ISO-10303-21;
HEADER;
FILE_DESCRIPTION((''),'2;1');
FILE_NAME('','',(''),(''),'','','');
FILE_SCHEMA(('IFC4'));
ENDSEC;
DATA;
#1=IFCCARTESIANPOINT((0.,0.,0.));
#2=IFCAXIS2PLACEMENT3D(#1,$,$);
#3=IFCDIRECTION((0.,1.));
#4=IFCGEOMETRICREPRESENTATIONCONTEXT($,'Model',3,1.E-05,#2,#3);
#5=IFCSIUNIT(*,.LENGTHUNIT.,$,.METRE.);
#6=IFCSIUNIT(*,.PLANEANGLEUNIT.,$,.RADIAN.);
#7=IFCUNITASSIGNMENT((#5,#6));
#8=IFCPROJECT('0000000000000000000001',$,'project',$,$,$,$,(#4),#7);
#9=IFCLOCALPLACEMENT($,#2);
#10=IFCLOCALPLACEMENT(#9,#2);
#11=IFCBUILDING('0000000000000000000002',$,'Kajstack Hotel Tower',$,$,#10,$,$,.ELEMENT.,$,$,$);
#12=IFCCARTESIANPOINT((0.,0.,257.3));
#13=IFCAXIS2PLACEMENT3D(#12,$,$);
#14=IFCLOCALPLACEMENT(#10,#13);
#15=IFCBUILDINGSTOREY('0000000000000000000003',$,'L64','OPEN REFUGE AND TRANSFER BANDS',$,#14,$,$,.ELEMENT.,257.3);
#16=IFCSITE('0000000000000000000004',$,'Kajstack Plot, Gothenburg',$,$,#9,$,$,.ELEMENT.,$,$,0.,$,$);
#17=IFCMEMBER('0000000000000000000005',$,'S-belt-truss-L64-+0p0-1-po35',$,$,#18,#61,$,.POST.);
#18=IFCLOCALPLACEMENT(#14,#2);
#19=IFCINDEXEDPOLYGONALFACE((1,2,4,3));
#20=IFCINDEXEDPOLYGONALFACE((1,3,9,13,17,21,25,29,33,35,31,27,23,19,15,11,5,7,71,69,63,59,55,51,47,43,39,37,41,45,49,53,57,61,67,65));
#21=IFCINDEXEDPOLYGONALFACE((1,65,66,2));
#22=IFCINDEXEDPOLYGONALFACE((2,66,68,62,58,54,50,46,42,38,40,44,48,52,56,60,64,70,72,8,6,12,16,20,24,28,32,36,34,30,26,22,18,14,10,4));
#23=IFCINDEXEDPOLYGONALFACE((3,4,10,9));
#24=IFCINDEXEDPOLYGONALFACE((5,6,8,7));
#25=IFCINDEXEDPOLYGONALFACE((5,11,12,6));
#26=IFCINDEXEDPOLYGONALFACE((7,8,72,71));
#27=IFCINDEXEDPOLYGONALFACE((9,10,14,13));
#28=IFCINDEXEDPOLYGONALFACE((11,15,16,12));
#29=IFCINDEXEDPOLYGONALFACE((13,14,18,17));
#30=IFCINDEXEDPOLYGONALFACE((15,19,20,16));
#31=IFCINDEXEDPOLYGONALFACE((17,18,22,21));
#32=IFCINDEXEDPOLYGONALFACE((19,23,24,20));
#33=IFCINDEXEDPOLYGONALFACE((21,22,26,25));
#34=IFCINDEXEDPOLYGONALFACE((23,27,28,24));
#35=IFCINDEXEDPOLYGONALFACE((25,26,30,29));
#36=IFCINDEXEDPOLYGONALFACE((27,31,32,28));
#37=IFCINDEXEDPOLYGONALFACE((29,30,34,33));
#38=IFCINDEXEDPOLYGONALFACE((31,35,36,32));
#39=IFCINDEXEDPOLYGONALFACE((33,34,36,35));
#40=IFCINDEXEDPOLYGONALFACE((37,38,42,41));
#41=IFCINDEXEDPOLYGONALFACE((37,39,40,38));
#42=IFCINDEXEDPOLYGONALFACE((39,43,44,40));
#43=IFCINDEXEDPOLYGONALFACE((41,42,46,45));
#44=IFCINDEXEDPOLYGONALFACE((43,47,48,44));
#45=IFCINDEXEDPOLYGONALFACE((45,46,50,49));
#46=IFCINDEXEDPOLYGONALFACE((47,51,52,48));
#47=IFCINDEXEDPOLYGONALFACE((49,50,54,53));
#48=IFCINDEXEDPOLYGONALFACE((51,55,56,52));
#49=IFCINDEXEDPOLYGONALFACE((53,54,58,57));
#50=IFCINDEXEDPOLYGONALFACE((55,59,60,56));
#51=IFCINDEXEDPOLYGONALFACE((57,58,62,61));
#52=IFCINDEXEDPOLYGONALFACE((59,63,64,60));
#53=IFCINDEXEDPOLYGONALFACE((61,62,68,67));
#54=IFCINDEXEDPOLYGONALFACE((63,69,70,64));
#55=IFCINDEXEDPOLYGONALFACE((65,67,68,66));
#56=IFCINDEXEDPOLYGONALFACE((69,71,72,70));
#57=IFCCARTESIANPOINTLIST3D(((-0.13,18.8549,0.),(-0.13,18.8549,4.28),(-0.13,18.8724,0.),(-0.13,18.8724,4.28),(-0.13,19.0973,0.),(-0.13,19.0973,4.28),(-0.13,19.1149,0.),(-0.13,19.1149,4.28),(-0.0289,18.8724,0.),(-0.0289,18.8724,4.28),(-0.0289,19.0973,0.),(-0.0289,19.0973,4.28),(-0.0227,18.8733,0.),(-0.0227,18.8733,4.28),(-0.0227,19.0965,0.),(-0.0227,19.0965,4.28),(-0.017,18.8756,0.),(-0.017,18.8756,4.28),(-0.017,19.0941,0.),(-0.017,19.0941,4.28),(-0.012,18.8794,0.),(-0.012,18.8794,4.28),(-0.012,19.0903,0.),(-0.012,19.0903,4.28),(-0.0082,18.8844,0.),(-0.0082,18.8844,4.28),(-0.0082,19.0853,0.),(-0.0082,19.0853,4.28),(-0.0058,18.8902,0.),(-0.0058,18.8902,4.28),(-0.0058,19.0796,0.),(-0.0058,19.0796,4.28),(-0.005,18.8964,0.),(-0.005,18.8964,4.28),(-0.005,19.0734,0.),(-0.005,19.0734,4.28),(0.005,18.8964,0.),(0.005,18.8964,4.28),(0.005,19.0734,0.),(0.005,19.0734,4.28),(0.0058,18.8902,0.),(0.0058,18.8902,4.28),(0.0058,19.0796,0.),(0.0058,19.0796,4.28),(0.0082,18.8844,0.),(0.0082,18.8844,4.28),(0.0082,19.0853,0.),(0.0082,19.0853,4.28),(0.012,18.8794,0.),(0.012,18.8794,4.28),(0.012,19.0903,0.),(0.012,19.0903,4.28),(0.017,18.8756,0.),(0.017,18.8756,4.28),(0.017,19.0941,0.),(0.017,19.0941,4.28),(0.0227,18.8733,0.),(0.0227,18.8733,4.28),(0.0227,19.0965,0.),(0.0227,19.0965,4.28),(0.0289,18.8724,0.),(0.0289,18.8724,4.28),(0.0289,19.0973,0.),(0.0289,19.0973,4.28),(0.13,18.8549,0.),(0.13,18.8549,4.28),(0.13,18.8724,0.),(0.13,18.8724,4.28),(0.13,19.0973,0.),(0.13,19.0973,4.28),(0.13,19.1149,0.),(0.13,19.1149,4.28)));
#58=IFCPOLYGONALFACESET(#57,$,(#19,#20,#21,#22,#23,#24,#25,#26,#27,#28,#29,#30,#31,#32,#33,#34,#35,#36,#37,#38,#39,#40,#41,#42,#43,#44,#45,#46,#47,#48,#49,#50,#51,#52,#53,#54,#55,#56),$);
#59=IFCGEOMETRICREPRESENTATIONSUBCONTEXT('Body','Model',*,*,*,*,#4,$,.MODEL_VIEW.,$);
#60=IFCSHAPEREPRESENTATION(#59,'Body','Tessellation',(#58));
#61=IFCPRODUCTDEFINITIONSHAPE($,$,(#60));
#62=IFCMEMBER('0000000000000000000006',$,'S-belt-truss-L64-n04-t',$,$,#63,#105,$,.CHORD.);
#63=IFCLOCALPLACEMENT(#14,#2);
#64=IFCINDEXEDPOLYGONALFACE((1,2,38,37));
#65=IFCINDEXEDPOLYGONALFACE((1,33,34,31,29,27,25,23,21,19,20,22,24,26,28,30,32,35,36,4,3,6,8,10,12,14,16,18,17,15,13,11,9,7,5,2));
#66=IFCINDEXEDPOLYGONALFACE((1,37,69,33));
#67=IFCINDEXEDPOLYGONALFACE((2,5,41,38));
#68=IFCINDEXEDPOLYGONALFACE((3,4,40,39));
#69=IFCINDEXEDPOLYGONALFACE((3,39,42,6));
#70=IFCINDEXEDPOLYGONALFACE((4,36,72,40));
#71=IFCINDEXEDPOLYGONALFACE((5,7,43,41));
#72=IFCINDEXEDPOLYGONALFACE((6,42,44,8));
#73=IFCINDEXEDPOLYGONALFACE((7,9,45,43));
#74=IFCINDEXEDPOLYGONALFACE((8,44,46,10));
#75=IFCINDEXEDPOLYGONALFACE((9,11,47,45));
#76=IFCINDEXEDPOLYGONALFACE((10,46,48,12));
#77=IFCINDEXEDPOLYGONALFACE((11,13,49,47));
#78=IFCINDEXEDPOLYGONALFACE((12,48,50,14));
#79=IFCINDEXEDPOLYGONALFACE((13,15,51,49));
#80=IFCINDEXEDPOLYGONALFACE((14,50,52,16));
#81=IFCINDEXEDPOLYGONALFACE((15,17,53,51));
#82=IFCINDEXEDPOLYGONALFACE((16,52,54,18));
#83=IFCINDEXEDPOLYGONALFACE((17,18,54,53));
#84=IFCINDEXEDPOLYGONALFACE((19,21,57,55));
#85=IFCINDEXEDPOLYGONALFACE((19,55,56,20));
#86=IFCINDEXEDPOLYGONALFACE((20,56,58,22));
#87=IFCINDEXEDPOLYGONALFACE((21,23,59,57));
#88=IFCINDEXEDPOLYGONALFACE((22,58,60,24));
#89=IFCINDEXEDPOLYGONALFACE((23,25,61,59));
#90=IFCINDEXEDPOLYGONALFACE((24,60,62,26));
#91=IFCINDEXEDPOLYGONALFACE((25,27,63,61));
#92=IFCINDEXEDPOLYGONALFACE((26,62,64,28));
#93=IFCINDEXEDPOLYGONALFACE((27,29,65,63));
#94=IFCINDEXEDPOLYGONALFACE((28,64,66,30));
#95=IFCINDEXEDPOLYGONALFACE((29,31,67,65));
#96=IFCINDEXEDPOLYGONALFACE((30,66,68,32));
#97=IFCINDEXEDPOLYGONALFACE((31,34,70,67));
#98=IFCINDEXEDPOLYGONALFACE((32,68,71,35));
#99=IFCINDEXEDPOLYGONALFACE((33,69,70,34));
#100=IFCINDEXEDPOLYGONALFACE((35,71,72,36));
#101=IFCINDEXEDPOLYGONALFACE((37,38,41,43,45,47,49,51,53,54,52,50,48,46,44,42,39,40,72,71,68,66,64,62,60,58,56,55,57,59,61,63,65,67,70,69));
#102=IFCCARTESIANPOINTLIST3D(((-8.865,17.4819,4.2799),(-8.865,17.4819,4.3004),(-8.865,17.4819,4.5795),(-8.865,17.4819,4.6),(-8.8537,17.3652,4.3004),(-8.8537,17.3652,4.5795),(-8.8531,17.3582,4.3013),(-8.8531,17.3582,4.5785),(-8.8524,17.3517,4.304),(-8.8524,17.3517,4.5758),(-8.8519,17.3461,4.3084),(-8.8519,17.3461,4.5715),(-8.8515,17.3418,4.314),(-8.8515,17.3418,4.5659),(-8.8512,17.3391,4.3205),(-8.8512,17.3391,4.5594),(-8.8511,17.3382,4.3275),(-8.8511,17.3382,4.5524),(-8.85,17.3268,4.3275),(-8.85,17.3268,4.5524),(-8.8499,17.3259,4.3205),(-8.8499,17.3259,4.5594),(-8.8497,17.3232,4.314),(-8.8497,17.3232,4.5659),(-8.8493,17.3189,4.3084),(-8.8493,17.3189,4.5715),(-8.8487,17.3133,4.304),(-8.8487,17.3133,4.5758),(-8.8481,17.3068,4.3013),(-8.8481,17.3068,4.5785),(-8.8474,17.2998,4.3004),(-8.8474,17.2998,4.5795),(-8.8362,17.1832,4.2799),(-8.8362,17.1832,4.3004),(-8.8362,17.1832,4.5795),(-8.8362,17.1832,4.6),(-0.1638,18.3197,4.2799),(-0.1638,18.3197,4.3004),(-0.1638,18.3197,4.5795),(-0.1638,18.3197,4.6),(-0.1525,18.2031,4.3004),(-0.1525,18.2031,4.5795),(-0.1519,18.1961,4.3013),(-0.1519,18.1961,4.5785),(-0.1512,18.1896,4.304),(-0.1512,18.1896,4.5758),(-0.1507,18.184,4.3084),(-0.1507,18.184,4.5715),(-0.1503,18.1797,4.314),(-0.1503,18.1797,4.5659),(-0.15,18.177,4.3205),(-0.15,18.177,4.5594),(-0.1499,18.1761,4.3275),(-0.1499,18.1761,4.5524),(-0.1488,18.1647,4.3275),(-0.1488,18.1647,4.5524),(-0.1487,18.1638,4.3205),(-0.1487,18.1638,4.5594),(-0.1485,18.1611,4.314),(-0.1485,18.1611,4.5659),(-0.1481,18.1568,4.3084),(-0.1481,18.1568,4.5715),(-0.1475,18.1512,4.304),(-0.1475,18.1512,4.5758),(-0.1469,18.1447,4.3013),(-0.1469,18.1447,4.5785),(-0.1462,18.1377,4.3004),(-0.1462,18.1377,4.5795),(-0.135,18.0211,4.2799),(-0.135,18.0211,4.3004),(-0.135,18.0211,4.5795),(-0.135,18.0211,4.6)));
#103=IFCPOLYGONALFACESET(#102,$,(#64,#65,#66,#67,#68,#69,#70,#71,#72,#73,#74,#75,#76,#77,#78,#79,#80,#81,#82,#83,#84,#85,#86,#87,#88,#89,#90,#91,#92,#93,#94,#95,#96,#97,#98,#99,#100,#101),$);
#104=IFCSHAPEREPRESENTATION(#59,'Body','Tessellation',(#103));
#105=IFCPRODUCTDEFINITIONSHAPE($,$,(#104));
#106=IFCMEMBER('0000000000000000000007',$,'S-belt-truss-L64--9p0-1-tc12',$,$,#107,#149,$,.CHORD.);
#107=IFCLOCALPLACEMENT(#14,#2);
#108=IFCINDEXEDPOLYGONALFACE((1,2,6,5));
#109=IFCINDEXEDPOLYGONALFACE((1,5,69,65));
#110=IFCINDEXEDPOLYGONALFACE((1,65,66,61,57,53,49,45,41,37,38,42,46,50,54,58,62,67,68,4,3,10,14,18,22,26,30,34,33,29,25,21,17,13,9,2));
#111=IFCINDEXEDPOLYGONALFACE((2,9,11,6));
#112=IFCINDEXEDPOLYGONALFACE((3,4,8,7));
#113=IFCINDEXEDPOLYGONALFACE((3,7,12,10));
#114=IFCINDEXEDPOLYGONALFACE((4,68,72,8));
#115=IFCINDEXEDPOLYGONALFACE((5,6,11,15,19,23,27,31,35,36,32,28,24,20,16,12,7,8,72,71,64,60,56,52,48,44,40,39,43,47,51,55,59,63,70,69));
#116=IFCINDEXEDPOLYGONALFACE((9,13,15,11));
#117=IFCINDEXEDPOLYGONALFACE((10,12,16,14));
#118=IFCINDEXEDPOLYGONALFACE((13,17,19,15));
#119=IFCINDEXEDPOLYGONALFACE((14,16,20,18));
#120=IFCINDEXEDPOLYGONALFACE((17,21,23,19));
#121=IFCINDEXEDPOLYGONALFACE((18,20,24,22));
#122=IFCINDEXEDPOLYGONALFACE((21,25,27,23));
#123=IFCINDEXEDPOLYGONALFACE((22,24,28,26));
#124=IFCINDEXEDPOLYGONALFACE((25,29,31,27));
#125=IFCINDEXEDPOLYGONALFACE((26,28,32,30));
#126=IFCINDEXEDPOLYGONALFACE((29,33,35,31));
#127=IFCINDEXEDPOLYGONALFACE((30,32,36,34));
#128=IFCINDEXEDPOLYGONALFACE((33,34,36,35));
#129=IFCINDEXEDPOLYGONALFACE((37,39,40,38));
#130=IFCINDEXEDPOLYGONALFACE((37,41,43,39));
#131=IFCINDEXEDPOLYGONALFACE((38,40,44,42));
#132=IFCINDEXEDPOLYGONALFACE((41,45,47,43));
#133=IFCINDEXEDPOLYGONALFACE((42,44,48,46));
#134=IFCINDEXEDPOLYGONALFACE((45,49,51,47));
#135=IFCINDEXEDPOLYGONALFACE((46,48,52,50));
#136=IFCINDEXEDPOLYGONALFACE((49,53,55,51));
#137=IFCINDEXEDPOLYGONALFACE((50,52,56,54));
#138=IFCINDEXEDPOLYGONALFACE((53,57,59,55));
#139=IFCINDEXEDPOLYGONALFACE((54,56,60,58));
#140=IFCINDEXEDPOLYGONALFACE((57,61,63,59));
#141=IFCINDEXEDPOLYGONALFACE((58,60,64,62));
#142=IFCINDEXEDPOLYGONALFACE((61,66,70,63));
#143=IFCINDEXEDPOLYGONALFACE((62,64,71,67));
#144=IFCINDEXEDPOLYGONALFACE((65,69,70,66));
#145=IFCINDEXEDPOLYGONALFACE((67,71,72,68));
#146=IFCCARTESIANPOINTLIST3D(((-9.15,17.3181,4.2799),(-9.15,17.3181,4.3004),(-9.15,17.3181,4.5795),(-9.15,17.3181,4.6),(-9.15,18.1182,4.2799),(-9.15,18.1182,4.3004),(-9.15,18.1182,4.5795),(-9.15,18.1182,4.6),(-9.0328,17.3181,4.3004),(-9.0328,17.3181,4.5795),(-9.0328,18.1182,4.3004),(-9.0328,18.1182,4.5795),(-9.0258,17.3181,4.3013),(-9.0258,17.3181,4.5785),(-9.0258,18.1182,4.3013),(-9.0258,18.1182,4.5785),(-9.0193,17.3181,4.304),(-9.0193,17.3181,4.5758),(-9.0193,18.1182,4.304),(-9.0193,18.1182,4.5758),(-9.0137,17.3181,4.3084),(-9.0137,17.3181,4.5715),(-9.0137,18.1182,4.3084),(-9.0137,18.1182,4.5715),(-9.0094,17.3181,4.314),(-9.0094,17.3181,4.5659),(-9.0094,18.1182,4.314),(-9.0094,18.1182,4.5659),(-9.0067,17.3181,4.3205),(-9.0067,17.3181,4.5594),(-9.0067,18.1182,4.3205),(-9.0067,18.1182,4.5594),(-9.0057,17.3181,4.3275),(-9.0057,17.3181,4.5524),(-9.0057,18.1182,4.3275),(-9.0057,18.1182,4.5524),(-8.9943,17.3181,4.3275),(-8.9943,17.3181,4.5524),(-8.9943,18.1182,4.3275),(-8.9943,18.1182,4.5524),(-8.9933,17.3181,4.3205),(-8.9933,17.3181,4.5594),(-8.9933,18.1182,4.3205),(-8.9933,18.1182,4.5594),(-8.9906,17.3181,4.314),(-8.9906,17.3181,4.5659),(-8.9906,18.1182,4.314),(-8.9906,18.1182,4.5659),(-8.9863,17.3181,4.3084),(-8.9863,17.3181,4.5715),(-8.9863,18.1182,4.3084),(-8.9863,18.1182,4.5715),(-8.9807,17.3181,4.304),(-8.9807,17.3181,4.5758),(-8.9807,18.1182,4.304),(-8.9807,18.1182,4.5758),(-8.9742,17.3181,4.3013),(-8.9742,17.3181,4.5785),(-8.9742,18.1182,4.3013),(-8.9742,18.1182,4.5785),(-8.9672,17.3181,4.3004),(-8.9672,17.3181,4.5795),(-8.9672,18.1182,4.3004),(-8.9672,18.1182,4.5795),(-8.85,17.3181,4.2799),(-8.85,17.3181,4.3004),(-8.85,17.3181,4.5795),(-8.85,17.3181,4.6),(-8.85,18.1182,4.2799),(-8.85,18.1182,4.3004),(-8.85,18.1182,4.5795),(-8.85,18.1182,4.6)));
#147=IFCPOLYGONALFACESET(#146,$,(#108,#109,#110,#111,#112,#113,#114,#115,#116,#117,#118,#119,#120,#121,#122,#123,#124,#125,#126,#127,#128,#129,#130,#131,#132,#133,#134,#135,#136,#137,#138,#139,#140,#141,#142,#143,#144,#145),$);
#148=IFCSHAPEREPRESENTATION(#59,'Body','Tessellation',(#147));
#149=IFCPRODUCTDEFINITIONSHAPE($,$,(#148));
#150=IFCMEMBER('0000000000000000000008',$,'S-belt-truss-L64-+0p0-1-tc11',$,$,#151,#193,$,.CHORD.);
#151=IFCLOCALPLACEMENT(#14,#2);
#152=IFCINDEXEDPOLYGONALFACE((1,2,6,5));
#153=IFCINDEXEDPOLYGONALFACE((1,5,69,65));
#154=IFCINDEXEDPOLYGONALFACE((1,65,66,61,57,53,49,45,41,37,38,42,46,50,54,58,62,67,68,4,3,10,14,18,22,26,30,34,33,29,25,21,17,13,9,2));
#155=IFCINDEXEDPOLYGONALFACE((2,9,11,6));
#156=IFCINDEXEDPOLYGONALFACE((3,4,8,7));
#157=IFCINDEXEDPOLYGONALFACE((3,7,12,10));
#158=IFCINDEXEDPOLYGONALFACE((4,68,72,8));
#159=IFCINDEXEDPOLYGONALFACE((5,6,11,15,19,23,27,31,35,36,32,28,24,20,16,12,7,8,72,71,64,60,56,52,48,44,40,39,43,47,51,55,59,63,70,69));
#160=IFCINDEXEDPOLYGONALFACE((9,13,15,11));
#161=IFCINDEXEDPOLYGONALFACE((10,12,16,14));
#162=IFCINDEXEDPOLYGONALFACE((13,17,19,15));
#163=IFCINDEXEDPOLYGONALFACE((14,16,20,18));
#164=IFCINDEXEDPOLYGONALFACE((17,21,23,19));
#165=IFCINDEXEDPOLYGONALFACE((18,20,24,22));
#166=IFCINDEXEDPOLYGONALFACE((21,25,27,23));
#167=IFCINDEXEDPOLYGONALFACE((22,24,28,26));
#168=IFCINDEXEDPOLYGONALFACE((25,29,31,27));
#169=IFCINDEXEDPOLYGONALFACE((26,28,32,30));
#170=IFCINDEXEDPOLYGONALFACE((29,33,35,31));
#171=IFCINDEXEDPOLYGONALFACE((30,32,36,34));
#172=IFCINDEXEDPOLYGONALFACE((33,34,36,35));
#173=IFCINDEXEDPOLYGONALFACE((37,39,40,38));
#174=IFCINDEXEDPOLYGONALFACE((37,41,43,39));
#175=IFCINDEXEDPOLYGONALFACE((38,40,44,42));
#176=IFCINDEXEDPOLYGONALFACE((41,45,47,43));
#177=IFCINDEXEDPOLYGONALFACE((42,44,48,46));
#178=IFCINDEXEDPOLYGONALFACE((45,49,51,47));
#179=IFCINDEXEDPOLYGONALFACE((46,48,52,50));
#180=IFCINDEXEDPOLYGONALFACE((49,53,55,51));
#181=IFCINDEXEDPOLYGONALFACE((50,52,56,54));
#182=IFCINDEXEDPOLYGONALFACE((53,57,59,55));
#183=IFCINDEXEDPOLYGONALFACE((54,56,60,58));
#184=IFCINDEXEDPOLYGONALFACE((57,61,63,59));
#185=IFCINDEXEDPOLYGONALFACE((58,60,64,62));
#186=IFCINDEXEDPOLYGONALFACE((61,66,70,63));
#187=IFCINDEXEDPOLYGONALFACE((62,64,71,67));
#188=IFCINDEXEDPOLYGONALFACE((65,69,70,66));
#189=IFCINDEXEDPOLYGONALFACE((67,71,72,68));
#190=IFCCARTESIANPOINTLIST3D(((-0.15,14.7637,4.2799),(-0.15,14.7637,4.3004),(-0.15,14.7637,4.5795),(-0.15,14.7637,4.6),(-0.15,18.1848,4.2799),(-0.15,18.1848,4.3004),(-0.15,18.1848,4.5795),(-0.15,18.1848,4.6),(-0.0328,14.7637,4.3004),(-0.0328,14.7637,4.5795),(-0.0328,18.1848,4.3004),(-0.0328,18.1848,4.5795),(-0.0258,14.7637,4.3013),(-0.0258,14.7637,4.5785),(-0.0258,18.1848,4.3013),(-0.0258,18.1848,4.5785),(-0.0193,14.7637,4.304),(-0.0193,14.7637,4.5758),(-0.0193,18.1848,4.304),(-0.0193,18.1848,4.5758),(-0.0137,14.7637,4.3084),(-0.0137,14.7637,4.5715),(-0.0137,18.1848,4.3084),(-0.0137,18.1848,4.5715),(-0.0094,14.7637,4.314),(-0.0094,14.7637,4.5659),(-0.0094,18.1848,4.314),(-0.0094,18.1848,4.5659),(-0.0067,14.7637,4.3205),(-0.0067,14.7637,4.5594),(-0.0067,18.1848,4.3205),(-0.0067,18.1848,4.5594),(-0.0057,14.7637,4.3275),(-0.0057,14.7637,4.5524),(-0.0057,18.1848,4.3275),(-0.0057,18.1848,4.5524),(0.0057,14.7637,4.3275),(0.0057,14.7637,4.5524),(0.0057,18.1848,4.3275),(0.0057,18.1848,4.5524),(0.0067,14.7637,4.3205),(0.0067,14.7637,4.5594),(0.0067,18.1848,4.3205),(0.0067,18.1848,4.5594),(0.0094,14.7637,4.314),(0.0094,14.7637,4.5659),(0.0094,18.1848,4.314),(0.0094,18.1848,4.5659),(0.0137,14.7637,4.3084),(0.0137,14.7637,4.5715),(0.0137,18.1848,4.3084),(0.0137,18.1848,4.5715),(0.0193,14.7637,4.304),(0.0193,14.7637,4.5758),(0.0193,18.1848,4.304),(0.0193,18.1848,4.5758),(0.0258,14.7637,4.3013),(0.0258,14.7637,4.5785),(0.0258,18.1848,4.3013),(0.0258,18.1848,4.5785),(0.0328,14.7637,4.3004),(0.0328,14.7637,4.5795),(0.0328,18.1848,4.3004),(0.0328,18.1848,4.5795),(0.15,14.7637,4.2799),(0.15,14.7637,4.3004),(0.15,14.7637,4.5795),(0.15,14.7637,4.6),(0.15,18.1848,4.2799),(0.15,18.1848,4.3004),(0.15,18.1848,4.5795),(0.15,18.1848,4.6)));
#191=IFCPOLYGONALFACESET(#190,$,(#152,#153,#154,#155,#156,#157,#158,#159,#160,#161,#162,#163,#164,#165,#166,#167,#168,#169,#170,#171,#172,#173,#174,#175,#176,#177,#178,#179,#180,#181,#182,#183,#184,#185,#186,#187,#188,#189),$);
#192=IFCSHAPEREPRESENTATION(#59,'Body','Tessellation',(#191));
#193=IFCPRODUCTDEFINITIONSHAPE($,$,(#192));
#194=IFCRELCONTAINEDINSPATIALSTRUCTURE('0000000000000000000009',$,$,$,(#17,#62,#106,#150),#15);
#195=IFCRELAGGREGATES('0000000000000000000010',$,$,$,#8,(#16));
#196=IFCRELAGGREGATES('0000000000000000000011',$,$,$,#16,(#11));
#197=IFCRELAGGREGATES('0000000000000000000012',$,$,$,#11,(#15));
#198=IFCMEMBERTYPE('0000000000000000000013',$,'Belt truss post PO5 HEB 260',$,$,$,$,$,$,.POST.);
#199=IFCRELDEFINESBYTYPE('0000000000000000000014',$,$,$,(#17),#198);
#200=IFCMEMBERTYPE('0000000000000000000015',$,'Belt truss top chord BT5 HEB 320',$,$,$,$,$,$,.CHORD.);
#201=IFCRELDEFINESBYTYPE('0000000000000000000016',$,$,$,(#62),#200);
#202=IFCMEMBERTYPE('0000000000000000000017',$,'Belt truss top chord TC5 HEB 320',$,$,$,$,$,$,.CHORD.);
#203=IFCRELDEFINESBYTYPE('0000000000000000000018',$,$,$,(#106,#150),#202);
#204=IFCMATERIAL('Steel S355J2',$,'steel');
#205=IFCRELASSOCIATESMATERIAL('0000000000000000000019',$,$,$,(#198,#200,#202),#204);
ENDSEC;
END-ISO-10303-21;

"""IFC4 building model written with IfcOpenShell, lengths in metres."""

from ifc_helpers import new_model, si_unit, direction, frame, origin, origin_2d, place, context, subcontext, project, spatial, i_section, extrude, material, material_profile, profile_set, type_object, element, save


model = new_model("IFC4")

# Units and contexts
model_context = context("Model", 3, precision=1e-05, world=origin(), true_north=direction((0.0, 1.0)))
body_context = subcontext(model_context, "Body", "Model", "MODEL_VIEW")
ifc_project = project(units=[si_unit("LENGTHUNIT", "METRE"), si_unit("PLANEANGLEUNIT", "RADIAN")], contexts=[model_context])

# Site, building, storey
site_placement = place(None, origin())
site = spatial("IfcSite", under=ifc_project, at=site_placement, Name="Kajstack Plot, Gothenburg", CompositionType="ELEMENT", RefElevation=0.0)
building_placement = place(site_placement, origin())
building = spatial("IfcBuilding", under=site, at=building_placement, Name="Kajstack Hotel Tower", CompositionType="ELEMENT")
storey_placement = place(building_placement, frame((0.0, 0.0, 257.3)))
storey = spatial("IfcBuildingStorey", under=building, at=storey_placement, Name="L64", Description="OPEN REFUGE AND TRANSFER BANDS", CompositionType="ELEMENT", Elevation=257.3)

# Members
ifc_material_1 = material(Name="Steel S355J2", Category="steel")
ifc_material_profile_1 = material_profile(ifc_material_1, i_section(OverallWidth=0.26, OverallDepth=0.26, WebThickness=0.01, FlangeThickness=0.0176, FilletRadius=0.0239, at=origin_2d()), Name="HEB 260")
ifc_profile_set_1 = profile_set([ifc_material_profile_1], Name="Steel S355J2")
member_type_1 = type_object("IfcMemberType", Name="Belt truss post PO5 HEB 260", PredefinedType="POST", material=ifc_profile_set_1)
for number, where, z_axis, x_axis, name in (
    (1, (0.0, 18.9849, 0.0), (0.0, 0.0, 1.0), (1.0, 0.0, 0.0), "S-belt-truss-L64-+0p0-1-po35"),
):
    element("IfcMember", number, at=place(storey_placement, frame(where, z_axis=z_axis, x_axis=x_axis)), inside=storey, type_object=member_type_1, Name=name, PredefinedType="POST", context=body_context, shape_type="SweptSolid", body=[
        extrude(i_section(OverallWidth=0.26, OverallDepth=0.26, WebThickness=0.01, FlangeThickness=0.0176, FilletRadius=0.0239, at=origin_2d()), origin(), (0.0, 0.0, 1.0), 4.28),
    ])
ifc_material_profile_2 = material_profile(ifc_material_1, i_section(OverallWidth=0.3, OverallDepth=0.3201, WebThickness=0.0115, FlangeThickness=0.0205, FilletRadius=0.0271, at=origin_2d()), Name="HEB 320")
ifc_profile_set_2 = profile_set([ifc_material_profile_2], Name="Steel S355J2")
member_type_2 = type_object("IfcMemberType", Name="Belt truss top chord BT5 HEB 320", PredefinedType="CHORD", material=ifc_profile_set_2)
member_1_placement = place(storey_placement, frame((-8.8506, 17.3325, 4.4399), z_axis=(0.995396, 0.095853, 0.0), x_axis=(-0.095853, 0.995396, 0.0)))
element("IfcMember", 2, at=member_1_placement, inside=storey, type_object=member_type_2, Name="S-belt-truss-L64-n04-t", PredefinedType="CHORD", context=body_context, shape_type="SweptSolid", body=[
    extrude(i_section(OverallWidth=0.3, OverallDepth=0.3201, WebThickness=0.0115, FlangeThickness=0.0205, FilletRadius=0.0271, at=origin_2d()), origin(), (0.0, 0.0, 1.0), 8.7415),
])
ifc_material_profile_3 = material_profile(ifc_material_1, i_section(OverallWidth=0.3, OverallDepth=0.3201, WebThickness=0.0115, FlangeThickness=0.0205, FilletRadius=0.0271, at=origin_2d()), Name="HEB 320")
ifc_profile_set_3 = profile_set([ifc_material_profile_3], Name="Steel S355J2")
member_type_3 = type_object("IfcMemberType", Name="Belt truss top chord TC5 HEB 320", PredefinedType="CHORD", material=ifc_profile_set_3)
member_2_placement = place(storey_placement, frame((-9.0, 17.3181, 4.4399), z_axis=(0.0, 1.0, 0.0), x_axis=(-1.0, 0.0, 0.0)))
element("IfcMember", 3, at=member_2_placement, inside=storey, type_object=member_type_3, Name="S-belt-truss-L64--9p0-1-tc12", PredefinedType="CHORD", context=body_context, shape_type="SweptSolid", body=[
    extrude(i_section(OverallWidth=0.3, OverallDepth=0.3201, WebThickness=0.0115, FlangeThickness=0.0205, FilletRadius=0.0271, at=origin_2d()), origin(), (0.0, 0.0, 1.0), 0.8),
])
member_3_placement = place(storey_placement, frame((0.0, 14.7637, 4.4399), z_axis=(0.0, 1.0, 0.0), x_axis=(-1.0, 0.0, 0.0)))
element("IfcMember", 4, at=member_3_placement, inside=storey, type_object=member_type_3, Name="S-belt-truss-L64-+0p0-1-tc11", PredefinedType="CHORD", context=body_context, shape_type="SweptSolid", body=[
    extrude(i_section(OverallWidth=0.3, OverallDepth=0.3201, WebThickness=0.0115, FlangeThickness=0.0205, FilletRadius=0.0271, at=origin_2d()), origin(), (0.0, 0.0, 1.0), 3.4211),
])

save(model, "model.ifc")
